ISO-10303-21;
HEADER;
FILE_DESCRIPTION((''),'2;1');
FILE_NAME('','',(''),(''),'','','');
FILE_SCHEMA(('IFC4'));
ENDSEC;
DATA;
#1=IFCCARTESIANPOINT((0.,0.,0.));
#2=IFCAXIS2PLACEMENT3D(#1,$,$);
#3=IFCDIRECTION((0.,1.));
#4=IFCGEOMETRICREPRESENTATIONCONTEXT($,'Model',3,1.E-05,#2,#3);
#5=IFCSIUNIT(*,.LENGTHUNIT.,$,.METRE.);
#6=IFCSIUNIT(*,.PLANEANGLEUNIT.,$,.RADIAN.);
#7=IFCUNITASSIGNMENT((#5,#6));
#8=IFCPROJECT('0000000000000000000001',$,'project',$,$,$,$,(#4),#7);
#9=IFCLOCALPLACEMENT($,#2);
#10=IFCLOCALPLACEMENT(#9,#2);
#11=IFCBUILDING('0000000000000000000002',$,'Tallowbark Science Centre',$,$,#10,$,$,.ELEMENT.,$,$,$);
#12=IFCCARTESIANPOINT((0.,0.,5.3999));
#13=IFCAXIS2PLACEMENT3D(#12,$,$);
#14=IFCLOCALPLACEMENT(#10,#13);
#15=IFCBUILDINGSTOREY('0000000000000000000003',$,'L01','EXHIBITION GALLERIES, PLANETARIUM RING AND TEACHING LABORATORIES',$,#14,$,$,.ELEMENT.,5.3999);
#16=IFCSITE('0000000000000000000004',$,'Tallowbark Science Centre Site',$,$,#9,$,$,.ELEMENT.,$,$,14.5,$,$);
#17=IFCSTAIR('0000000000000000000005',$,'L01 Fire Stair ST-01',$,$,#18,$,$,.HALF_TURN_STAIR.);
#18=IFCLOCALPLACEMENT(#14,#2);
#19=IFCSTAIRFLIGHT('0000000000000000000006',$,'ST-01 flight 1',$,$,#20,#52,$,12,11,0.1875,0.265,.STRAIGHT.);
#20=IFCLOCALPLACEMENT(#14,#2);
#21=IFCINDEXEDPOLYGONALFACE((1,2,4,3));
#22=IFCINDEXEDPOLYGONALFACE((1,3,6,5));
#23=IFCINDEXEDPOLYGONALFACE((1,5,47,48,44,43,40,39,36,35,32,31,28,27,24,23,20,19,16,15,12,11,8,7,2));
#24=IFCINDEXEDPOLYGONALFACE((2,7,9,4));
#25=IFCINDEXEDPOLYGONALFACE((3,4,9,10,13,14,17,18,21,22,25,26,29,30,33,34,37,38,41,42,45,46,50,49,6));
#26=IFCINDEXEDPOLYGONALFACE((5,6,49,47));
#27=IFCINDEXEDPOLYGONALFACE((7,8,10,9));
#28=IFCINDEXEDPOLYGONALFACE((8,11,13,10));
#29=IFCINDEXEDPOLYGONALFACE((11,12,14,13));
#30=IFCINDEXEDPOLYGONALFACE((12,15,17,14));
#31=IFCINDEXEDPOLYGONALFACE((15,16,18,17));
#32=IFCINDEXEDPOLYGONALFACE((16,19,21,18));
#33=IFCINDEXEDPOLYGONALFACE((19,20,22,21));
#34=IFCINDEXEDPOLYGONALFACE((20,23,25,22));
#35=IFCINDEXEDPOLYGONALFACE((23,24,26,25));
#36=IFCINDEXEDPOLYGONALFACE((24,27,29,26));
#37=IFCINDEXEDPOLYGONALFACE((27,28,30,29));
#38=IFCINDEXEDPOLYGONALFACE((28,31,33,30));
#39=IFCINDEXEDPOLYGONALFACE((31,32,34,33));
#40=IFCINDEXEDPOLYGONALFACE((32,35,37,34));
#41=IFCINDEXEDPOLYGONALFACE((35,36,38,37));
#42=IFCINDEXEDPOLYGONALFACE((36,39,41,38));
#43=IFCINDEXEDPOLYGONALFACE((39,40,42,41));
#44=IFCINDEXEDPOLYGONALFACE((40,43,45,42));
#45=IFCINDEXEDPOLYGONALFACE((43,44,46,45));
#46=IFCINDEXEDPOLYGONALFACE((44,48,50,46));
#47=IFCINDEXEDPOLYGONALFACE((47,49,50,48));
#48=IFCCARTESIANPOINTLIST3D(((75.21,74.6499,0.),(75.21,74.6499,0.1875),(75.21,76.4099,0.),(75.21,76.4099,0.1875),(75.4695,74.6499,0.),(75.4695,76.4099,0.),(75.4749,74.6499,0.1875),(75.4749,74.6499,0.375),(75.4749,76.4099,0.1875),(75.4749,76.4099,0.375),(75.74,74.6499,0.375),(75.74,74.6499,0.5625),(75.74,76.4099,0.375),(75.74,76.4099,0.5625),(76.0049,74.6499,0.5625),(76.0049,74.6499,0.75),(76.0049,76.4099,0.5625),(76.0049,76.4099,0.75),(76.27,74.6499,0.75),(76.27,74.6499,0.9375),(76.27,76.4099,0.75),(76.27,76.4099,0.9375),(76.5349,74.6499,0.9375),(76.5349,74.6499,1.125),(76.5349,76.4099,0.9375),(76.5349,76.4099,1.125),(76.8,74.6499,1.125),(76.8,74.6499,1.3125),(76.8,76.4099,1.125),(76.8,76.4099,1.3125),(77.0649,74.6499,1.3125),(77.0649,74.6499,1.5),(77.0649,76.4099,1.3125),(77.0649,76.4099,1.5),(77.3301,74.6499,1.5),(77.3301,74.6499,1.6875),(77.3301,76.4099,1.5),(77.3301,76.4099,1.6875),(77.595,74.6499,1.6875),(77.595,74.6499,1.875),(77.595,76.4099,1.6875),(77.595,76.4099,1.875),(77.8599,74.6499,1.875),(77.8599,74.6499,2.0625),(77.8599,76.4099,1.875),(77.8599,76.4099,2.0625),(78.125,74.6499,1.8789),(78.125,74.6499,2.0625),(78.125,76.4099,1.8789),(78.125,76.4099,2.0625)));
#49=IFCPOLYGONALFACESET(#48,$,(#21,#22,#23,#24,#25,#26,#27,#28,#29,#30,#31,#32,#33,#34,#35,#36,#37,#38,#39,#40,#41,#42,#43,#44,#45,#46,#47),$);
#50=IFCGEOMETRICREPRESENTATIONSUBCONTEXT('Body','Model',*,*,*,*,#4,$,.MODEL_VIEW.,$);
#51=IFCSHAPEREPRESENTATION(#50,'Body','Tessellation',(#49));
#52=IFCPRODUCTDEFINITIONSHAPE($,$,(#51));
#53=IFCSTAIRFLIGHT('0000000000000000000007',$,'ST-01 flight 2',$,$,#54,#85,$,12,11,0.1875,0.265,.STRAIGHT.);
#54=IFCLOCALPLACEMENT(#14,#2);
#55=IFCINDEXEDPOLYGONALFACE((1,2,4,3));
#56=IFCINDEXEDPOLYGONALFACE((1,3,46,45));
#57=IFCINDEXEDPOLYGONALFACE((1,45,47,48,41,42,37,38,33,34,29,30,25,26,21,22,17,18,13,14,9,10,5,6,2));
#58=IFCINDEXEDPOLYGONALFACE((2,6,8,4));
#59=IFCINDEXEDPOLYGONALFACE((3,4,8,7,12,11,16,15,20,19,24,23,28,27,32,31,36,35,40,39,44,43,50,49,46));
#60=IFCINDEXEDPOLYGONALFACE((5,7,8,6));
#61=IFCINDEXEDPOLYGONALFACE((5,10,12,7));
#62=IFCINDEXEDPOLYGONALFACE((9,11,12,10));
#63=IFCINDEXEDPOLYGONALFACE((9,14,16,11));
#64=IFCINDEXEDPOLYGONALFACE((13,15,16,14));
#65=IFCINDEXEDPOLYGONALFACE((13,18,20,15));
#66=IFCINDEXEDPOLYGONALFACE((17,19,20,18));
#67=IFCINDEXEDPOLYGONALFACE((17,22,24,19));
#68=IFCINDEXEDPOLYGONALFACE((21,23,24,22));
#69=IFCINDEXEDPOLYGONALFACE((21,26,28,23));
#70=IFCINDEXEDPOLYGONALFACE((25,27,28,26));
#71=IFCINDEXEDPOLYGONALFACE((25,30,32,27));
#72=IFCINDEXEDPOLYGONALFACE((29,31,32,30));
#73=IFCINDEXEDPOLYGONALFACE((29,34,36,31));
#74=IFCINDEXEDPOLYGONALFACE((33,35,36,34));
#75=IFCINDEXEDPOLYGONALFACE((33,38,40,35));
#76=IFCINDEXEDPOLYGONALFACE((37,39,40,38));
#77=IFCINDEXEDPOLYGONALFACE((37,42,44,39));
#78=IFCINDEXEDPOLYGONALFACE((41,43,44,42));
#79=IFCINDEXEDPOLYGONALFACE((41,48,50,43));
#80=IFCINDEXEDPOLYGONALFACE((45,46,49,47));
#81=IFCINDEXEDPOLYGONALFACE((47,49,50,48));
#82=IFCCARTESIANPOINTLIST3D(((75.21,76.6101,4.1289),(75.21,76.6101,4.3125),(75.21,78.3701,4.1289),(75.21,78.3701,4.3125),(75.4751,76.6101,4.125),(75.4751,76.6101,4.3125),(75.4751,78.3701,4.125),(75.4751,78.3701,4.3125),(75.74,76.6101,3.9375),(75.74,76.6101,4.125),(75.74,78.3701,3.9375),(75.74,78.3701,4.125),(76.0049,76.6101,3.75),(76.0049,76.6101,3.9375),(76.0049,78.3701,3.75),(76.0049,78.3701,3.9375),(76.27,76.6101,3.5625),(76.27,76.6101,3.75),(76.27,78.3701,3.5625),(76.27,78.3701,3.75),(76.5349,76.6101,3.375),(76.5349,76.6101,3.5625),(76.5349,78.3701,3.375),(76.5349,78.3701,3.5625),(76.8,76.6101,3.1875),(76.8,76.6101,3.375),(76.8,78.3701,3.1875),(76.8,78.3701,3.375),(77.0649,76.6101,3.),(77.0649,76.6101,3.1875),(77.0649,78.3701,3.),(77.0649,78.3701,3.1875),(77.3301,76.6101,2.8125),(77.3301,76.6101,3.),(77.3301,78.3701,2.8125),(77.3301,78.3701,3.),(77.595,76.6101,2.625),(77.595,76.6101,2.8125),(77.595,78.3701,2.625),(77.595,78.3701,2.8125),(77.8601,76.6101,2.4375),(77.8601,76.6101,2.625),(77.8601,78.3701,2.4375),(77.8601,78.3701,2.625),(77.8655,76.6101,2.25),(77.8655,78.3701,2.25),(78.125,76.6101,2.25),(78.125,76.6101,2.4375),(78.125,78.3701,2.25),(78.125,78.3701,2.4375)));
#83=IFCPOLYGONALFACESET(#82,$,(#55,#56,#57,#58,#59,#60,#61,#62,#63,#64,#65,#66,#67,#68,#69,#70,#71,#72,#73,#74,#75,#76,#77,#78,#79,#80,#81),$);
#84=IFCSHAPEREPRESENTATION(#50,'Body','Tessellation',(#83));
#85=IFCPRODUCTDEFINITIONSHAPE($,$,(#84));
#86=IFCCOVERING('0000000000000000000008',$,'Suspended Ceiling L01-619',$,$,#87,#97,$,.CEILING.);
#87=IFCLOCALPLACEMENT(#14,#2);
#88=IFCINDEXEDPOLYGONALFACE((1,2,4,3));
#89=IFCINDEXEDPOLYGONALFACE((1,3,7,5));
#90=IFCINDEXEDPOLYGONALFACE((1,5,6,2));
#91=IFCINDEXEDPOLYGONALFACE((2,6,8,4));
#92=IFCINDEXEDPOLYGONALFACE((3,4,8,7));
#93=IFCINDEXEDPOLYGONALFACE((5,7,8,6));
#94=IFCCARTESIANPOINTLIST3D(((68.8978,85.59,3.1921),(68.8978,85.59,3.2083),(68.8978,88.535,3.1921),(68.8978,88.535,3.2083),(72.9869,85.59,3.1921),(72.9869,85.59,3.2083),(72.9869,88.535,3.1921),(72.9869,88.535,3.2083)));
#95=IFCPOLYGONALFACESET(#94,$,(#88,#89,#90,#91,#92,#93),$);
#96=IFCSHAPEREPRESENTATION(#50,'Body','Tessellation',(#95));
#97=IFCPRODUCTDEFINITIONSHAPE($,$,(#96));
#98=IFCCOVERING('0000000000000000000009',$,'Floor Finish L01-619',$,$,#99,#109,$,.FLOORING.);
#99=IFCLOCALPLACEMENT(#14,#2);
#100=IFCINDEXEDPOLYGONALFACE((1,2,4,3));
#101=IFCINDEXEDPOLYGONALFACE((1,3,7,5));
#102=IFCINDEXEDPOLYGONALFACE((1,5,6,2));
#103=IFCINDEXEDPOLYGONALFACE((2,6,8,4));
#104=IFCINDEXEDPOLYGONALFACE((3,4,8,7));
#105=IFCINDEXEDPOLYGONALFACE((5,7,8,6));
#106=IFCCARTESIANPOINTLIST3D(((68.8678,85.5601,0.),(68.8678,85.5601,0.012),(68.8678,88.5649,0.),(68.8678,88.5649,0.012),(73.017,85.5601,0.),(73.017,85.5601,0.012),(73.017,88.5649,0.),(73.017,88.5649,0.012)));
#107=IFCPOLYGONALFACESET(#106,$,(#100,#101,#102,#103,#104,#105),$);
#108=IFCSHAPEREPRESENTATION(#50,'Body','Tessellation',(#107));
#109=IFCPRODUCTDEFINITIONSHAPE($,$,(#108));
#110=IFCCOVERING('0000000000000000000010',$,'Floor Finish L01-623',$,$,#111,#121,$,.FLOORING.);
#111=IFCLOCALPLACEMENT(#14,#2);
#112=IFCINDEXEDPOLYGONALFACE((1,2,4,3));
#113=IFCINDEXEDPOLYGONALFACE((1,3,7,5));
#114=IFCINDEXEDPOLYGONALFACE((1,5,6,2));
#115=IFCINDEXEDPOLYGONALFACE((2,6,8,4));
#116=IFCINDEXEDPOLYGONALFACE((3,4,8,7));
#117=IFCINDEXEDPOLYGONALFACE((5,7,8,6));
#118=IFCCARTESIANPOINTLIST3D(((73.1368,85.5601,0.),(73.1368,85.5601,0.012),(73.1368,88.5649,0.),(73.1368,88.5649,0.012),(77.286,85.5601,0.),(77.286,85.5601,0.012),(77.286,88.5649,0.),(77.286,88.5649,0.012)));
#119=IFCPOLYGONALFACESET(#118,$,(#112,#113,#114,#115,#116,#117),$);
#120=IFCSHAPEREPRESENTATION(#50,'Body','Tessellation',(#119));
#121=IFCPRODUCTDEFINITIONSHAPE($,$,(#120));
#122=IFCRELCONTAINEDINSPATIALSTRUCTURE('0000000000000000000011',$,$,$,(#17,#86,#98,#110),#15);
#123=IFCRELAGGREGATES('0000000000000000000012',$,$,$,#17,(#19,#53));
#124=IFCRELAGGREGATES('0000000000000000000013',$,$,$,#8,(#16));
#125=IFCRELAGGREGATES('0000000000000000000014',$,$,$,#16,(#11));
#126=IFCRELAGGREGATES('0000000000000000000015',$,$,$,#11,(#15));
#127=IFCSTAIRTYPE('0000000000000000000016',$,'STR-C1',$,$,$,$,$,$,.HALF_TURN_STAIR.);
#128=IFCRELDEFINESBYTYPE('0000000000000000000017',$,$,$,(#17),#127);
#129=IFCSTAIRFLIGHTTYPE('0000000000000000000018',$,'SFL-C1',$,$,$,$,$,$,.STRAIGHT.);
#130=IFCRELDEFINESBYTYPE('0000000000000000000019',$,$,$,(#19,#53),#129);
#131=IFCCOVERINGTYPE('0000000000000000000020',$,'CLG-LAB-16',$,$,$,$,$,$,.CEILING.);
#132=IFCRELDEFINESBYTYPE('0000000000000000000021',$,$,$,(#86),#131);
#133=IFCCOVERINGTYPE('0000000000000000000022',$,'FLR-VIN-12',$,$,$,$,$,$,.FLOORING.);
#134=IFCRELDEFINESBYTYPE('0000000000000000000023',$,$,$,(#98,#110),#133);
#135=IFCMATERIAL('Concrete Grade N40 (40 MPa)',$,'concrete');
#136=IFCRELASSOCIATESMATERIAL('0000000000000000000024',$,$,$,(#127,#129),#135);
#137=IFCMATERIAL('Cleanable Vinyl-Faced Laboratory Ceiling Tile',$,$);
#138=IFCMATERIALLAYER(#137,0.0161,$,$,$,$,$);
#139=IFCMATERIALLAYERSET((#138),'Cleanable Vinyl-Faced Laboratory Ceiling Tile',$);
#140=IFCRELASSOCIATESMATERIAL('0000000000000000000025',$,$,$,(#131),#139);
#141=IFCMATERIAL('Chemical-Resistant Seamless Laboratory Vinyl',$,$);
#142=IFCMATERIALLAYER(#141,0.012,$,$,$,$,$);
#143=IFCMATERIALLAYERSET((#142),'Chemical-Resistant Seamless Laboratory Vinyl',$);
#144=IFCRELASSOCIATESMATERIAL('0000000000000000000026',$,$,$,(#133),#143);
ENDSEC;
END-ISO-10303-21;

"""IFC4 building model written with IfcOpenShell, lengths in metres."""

from ifc_helpers import new_model, si_unit, direction, frame, origin, origin_2d, place, context, subcontext, project, spatial, polyline, rectangle, outline, extrude, material, layer, layer_set, type_object, element, aggregate, save


model = new_model("IFC4")

# Units and contexts
model_context = context("Model", 3, precision=1e-05, world=origin(), true_north=direction((0.0, 1.0)))
body_context = subcontext(model_context, "Body", "Model", "MODEL_VIEW")
ifc_project = project(units=[si_unit("LENGTHUNIT", "METRE"), si_unit("PLANEANGLEUNIT", "RADIAN")], contexts=[model_context])

# Site, building, storey
site_placement = place(None, origin())
site = spatial("IfcSite", under=ifc_project, at=site_placement, Name="Tallowbark Science Centre Site", CompositionType="ELEMENT", RefElevation=14.5)
building_placement = place(site_placement, origin())
building = spatial("IfcBuilding", under=site, at=building_placement, Name="Tallowbark Science Centre", CompositionType="ELEMENT")
storey_placement = place(building_placement, frame((0.0, 0.0, 5.3999)))
storey = spatial("IfcBuildingStorey", under=building, at=storey_placement, Name="L01", Description="EXHIBITION GALLERIES, PLANETARIUM RING AND TEACHING LABORATORIES", CompositionType="ELEMENT", Elevation=5.3999)

# Shared definitions
ifc_material_1 = material(Name="Concrete Grade N40 (40 MPa)", Category="concrete")

# Stair, stair flights
stair_type = type_object("IfcStairType", Name="STR-C1", PredefinedType="HALF_TURN_STAIR", material=ifc_material_1)
stair_placement = place(storey_placement, origin())
stair = element("IfcStair", 1, at=stair_placement, inside=storey, type_object=stair_type, Name="L01 Fire Stair ST-01", PredefinedType="HALF_TURN_STAIR")
stair_flight_type = type_object("IfcStairFlightType", Name="SFL-C1", PredefinedType="STRAIGHT", material=ifc_material_1)
stair_flight_1_placement = place(storey_placement, frame((75.21, 75.53, 0.0), z_axis=(0.0, 0.0, 1.0), x_axis=(1.0, 0.0, 0.0)))
stair_flight_1 = element("IfcStairFlight", 2, at=stair_flight_1_placement, type_object=stair_flight_type, Name="ST-01 flight 1", NumberOfRisers=12, NumberOfTreads=11, PredefinedType="STRAIGHT", RiserHeight=0.1875, TreadLength=0.265, context=body_context, shape_type="SweptSolid", body=[
    extrude(outline(polyline([(0.0, 0.0), (0.0, 0.1875), (0.2649, 0.1875), (0.2649, 0.375), (0.53, 0.375), (0.53, 0.5625), (0.7949, 0.5625), (0.7949, 0.75), (1.0601, 0.75), (1.0601, 0.9375), (1.325, 0.9375), (1.325, 1.125), (1.5901, 1.125), (1.5901, 1.3125), (1.855, 1.3125), (1.855, 1.5), (2.1201, 1.5), (2.1201, 1.6875), (2.385, 1.6875), (2.385, 1.875), (2.6499, 1.875), (2.6499, 2.0625), (2.915, 2.0625), (2.915, 2.25), (2.915, 1.8789), (0.2595, 0.0), (0.0, 0.0)])), frame((0.0, 0.8799, 0.0), z_axis=(0.0, -1.0, 0.0), x_axis=(1.0, 0.0, 0.0)), (0.0, 0.0, 1.0), 1.76),
])
stair_flight_2_placement = place(storey_placement, frame((78.125, 77.49, 2.25), z_axis=(0.0, 0.0, 1.0), x_axis=(-1.0, 0.0, 0.0)))
stair_flight_2 = element("IfcStairFlight", 3, at=stair_flight_2_placement, type_object=stair_flight_type, Name="ST-01 flight 2", NumberOfRisers=12, NumberOfTreads=11, PredefinedType="STRAIGHT", RiserHeight=0.1875, TreadLength=0.265, context=body_context, shape_type="SweptSolid", body=[
    extrude(outline(polyline([(0.0, 0.0), (0.0, 0.1875), (0.2649, 0.1875), (0.2649, 0.375), (0.53, 0.375), (0.53, 0.5625), (0.7949, 0.5625), (0.7949, 0.75), (1.0601, 0.75), (1.0601, 0.9375), (1.325, 0.9375), (1.325, 1.125), (1.5901, 1.125), (1.5901, 1.3125), (1.855, 1.3125), (1.855, 1.5), (2.1201, 1.5), (2.1201, 1.6875), (2.385, 1.6875), (2.385, 1.875), (2.6499, 1.875), (2.6499, 2.0625), (2.915, 2.0625), (2.915, 2.25), (2.915, 1.8789), (0.2595, 0.0), (0.0, 0.0)])), frame((0.0, 0.8799, 0.0), z_axis=(0.0, -1.0, 0.0), x_axis=(1.0, 0.0, 0.0)), (0.0, 0.0, 1.0), 1.76),
])
aggregate(stair, [stair_flight_1, stair_flight_2])

# Coverings
ifc_material_2 = material(Name="Cleanable Vinyl-Faced Laboratory Ceiling Tile")
ifc_layer_1 = layer(ifc_material_2, 0.0161)
ifc_layer_set_1 = layer_set([ifc_layer_1], Name="Cleanable Vinyl-Faced Laboratory Ceiling Tile")
covering_type_1 = type_object("IfcCoveringType", Name="CLG-LAB-16", PredefinedType="CEILING", material=ifc_layer_set_1)
covering_placement = place(storey_placement, frame((70.9424, 87.0625, 3.1921), z_axis=(0.0, 0.0, 1.0), x_axis=(1.0, 0.0, 0.0)))
element("IfcCovering", 4, at=covering_placement, inside=storey, type_object=covering_type_1, Name="Suspended Ceiling L01-619", PredefinedType="CEILING", context=body_context, shape_type="SweptSolid", body=[
    extrude(rectangle(XDim=4.0891, YDim=2.9451, at=origin_2d()), origin(), (0.0, 0.0, 1.0), 0.0161),
])
ifc_material_3 = material(Name="Chemical-Resistant Seamless Laboratory Vinyl")
ifc_layer_2 = layer(ifc_material_3, 0.012)
ifc_layer_set_2 = layer_set([ifc_layer_2], Name="Chemical-Resistant Seamless Laboratory Vinyl")
covering_type_2 = type_object("IfcCoveringType", Name="FLR-VIN-12", PredefinedType="FLOORING", material=ifc_layer_set_2)
for number, where, z_axis, x_axis, name in (
    (5, (70.9424, 87.0625, 0.0), (0.0, 0.0, 1.0), (1.0, 0.0, 0.0), "Floor Finish L01-619"),
    (6, (75.2114, 87.0625, 0.0), (0.0, 0.0, 1.0), (1.0, 0.0, 0.0), "Floor Finish L01-623"),
):
    element("IfcCovering", number, at=place(storey_placement, frame(where, z_axis=z_axis, x_axis=x_axis)), inside=storey, type_object=covering_type_2, Name=name, PredefinedType="FLOORING", context=body_context, shape_type="SweptSolid", body=[
        extrude(rectangle(XDim=4.1492, YDim=3.0049, at=origin_2d()), origin(), (0.0, 0.0, 1.0), 0.012),
    ])

save(model, "model.ifc")
